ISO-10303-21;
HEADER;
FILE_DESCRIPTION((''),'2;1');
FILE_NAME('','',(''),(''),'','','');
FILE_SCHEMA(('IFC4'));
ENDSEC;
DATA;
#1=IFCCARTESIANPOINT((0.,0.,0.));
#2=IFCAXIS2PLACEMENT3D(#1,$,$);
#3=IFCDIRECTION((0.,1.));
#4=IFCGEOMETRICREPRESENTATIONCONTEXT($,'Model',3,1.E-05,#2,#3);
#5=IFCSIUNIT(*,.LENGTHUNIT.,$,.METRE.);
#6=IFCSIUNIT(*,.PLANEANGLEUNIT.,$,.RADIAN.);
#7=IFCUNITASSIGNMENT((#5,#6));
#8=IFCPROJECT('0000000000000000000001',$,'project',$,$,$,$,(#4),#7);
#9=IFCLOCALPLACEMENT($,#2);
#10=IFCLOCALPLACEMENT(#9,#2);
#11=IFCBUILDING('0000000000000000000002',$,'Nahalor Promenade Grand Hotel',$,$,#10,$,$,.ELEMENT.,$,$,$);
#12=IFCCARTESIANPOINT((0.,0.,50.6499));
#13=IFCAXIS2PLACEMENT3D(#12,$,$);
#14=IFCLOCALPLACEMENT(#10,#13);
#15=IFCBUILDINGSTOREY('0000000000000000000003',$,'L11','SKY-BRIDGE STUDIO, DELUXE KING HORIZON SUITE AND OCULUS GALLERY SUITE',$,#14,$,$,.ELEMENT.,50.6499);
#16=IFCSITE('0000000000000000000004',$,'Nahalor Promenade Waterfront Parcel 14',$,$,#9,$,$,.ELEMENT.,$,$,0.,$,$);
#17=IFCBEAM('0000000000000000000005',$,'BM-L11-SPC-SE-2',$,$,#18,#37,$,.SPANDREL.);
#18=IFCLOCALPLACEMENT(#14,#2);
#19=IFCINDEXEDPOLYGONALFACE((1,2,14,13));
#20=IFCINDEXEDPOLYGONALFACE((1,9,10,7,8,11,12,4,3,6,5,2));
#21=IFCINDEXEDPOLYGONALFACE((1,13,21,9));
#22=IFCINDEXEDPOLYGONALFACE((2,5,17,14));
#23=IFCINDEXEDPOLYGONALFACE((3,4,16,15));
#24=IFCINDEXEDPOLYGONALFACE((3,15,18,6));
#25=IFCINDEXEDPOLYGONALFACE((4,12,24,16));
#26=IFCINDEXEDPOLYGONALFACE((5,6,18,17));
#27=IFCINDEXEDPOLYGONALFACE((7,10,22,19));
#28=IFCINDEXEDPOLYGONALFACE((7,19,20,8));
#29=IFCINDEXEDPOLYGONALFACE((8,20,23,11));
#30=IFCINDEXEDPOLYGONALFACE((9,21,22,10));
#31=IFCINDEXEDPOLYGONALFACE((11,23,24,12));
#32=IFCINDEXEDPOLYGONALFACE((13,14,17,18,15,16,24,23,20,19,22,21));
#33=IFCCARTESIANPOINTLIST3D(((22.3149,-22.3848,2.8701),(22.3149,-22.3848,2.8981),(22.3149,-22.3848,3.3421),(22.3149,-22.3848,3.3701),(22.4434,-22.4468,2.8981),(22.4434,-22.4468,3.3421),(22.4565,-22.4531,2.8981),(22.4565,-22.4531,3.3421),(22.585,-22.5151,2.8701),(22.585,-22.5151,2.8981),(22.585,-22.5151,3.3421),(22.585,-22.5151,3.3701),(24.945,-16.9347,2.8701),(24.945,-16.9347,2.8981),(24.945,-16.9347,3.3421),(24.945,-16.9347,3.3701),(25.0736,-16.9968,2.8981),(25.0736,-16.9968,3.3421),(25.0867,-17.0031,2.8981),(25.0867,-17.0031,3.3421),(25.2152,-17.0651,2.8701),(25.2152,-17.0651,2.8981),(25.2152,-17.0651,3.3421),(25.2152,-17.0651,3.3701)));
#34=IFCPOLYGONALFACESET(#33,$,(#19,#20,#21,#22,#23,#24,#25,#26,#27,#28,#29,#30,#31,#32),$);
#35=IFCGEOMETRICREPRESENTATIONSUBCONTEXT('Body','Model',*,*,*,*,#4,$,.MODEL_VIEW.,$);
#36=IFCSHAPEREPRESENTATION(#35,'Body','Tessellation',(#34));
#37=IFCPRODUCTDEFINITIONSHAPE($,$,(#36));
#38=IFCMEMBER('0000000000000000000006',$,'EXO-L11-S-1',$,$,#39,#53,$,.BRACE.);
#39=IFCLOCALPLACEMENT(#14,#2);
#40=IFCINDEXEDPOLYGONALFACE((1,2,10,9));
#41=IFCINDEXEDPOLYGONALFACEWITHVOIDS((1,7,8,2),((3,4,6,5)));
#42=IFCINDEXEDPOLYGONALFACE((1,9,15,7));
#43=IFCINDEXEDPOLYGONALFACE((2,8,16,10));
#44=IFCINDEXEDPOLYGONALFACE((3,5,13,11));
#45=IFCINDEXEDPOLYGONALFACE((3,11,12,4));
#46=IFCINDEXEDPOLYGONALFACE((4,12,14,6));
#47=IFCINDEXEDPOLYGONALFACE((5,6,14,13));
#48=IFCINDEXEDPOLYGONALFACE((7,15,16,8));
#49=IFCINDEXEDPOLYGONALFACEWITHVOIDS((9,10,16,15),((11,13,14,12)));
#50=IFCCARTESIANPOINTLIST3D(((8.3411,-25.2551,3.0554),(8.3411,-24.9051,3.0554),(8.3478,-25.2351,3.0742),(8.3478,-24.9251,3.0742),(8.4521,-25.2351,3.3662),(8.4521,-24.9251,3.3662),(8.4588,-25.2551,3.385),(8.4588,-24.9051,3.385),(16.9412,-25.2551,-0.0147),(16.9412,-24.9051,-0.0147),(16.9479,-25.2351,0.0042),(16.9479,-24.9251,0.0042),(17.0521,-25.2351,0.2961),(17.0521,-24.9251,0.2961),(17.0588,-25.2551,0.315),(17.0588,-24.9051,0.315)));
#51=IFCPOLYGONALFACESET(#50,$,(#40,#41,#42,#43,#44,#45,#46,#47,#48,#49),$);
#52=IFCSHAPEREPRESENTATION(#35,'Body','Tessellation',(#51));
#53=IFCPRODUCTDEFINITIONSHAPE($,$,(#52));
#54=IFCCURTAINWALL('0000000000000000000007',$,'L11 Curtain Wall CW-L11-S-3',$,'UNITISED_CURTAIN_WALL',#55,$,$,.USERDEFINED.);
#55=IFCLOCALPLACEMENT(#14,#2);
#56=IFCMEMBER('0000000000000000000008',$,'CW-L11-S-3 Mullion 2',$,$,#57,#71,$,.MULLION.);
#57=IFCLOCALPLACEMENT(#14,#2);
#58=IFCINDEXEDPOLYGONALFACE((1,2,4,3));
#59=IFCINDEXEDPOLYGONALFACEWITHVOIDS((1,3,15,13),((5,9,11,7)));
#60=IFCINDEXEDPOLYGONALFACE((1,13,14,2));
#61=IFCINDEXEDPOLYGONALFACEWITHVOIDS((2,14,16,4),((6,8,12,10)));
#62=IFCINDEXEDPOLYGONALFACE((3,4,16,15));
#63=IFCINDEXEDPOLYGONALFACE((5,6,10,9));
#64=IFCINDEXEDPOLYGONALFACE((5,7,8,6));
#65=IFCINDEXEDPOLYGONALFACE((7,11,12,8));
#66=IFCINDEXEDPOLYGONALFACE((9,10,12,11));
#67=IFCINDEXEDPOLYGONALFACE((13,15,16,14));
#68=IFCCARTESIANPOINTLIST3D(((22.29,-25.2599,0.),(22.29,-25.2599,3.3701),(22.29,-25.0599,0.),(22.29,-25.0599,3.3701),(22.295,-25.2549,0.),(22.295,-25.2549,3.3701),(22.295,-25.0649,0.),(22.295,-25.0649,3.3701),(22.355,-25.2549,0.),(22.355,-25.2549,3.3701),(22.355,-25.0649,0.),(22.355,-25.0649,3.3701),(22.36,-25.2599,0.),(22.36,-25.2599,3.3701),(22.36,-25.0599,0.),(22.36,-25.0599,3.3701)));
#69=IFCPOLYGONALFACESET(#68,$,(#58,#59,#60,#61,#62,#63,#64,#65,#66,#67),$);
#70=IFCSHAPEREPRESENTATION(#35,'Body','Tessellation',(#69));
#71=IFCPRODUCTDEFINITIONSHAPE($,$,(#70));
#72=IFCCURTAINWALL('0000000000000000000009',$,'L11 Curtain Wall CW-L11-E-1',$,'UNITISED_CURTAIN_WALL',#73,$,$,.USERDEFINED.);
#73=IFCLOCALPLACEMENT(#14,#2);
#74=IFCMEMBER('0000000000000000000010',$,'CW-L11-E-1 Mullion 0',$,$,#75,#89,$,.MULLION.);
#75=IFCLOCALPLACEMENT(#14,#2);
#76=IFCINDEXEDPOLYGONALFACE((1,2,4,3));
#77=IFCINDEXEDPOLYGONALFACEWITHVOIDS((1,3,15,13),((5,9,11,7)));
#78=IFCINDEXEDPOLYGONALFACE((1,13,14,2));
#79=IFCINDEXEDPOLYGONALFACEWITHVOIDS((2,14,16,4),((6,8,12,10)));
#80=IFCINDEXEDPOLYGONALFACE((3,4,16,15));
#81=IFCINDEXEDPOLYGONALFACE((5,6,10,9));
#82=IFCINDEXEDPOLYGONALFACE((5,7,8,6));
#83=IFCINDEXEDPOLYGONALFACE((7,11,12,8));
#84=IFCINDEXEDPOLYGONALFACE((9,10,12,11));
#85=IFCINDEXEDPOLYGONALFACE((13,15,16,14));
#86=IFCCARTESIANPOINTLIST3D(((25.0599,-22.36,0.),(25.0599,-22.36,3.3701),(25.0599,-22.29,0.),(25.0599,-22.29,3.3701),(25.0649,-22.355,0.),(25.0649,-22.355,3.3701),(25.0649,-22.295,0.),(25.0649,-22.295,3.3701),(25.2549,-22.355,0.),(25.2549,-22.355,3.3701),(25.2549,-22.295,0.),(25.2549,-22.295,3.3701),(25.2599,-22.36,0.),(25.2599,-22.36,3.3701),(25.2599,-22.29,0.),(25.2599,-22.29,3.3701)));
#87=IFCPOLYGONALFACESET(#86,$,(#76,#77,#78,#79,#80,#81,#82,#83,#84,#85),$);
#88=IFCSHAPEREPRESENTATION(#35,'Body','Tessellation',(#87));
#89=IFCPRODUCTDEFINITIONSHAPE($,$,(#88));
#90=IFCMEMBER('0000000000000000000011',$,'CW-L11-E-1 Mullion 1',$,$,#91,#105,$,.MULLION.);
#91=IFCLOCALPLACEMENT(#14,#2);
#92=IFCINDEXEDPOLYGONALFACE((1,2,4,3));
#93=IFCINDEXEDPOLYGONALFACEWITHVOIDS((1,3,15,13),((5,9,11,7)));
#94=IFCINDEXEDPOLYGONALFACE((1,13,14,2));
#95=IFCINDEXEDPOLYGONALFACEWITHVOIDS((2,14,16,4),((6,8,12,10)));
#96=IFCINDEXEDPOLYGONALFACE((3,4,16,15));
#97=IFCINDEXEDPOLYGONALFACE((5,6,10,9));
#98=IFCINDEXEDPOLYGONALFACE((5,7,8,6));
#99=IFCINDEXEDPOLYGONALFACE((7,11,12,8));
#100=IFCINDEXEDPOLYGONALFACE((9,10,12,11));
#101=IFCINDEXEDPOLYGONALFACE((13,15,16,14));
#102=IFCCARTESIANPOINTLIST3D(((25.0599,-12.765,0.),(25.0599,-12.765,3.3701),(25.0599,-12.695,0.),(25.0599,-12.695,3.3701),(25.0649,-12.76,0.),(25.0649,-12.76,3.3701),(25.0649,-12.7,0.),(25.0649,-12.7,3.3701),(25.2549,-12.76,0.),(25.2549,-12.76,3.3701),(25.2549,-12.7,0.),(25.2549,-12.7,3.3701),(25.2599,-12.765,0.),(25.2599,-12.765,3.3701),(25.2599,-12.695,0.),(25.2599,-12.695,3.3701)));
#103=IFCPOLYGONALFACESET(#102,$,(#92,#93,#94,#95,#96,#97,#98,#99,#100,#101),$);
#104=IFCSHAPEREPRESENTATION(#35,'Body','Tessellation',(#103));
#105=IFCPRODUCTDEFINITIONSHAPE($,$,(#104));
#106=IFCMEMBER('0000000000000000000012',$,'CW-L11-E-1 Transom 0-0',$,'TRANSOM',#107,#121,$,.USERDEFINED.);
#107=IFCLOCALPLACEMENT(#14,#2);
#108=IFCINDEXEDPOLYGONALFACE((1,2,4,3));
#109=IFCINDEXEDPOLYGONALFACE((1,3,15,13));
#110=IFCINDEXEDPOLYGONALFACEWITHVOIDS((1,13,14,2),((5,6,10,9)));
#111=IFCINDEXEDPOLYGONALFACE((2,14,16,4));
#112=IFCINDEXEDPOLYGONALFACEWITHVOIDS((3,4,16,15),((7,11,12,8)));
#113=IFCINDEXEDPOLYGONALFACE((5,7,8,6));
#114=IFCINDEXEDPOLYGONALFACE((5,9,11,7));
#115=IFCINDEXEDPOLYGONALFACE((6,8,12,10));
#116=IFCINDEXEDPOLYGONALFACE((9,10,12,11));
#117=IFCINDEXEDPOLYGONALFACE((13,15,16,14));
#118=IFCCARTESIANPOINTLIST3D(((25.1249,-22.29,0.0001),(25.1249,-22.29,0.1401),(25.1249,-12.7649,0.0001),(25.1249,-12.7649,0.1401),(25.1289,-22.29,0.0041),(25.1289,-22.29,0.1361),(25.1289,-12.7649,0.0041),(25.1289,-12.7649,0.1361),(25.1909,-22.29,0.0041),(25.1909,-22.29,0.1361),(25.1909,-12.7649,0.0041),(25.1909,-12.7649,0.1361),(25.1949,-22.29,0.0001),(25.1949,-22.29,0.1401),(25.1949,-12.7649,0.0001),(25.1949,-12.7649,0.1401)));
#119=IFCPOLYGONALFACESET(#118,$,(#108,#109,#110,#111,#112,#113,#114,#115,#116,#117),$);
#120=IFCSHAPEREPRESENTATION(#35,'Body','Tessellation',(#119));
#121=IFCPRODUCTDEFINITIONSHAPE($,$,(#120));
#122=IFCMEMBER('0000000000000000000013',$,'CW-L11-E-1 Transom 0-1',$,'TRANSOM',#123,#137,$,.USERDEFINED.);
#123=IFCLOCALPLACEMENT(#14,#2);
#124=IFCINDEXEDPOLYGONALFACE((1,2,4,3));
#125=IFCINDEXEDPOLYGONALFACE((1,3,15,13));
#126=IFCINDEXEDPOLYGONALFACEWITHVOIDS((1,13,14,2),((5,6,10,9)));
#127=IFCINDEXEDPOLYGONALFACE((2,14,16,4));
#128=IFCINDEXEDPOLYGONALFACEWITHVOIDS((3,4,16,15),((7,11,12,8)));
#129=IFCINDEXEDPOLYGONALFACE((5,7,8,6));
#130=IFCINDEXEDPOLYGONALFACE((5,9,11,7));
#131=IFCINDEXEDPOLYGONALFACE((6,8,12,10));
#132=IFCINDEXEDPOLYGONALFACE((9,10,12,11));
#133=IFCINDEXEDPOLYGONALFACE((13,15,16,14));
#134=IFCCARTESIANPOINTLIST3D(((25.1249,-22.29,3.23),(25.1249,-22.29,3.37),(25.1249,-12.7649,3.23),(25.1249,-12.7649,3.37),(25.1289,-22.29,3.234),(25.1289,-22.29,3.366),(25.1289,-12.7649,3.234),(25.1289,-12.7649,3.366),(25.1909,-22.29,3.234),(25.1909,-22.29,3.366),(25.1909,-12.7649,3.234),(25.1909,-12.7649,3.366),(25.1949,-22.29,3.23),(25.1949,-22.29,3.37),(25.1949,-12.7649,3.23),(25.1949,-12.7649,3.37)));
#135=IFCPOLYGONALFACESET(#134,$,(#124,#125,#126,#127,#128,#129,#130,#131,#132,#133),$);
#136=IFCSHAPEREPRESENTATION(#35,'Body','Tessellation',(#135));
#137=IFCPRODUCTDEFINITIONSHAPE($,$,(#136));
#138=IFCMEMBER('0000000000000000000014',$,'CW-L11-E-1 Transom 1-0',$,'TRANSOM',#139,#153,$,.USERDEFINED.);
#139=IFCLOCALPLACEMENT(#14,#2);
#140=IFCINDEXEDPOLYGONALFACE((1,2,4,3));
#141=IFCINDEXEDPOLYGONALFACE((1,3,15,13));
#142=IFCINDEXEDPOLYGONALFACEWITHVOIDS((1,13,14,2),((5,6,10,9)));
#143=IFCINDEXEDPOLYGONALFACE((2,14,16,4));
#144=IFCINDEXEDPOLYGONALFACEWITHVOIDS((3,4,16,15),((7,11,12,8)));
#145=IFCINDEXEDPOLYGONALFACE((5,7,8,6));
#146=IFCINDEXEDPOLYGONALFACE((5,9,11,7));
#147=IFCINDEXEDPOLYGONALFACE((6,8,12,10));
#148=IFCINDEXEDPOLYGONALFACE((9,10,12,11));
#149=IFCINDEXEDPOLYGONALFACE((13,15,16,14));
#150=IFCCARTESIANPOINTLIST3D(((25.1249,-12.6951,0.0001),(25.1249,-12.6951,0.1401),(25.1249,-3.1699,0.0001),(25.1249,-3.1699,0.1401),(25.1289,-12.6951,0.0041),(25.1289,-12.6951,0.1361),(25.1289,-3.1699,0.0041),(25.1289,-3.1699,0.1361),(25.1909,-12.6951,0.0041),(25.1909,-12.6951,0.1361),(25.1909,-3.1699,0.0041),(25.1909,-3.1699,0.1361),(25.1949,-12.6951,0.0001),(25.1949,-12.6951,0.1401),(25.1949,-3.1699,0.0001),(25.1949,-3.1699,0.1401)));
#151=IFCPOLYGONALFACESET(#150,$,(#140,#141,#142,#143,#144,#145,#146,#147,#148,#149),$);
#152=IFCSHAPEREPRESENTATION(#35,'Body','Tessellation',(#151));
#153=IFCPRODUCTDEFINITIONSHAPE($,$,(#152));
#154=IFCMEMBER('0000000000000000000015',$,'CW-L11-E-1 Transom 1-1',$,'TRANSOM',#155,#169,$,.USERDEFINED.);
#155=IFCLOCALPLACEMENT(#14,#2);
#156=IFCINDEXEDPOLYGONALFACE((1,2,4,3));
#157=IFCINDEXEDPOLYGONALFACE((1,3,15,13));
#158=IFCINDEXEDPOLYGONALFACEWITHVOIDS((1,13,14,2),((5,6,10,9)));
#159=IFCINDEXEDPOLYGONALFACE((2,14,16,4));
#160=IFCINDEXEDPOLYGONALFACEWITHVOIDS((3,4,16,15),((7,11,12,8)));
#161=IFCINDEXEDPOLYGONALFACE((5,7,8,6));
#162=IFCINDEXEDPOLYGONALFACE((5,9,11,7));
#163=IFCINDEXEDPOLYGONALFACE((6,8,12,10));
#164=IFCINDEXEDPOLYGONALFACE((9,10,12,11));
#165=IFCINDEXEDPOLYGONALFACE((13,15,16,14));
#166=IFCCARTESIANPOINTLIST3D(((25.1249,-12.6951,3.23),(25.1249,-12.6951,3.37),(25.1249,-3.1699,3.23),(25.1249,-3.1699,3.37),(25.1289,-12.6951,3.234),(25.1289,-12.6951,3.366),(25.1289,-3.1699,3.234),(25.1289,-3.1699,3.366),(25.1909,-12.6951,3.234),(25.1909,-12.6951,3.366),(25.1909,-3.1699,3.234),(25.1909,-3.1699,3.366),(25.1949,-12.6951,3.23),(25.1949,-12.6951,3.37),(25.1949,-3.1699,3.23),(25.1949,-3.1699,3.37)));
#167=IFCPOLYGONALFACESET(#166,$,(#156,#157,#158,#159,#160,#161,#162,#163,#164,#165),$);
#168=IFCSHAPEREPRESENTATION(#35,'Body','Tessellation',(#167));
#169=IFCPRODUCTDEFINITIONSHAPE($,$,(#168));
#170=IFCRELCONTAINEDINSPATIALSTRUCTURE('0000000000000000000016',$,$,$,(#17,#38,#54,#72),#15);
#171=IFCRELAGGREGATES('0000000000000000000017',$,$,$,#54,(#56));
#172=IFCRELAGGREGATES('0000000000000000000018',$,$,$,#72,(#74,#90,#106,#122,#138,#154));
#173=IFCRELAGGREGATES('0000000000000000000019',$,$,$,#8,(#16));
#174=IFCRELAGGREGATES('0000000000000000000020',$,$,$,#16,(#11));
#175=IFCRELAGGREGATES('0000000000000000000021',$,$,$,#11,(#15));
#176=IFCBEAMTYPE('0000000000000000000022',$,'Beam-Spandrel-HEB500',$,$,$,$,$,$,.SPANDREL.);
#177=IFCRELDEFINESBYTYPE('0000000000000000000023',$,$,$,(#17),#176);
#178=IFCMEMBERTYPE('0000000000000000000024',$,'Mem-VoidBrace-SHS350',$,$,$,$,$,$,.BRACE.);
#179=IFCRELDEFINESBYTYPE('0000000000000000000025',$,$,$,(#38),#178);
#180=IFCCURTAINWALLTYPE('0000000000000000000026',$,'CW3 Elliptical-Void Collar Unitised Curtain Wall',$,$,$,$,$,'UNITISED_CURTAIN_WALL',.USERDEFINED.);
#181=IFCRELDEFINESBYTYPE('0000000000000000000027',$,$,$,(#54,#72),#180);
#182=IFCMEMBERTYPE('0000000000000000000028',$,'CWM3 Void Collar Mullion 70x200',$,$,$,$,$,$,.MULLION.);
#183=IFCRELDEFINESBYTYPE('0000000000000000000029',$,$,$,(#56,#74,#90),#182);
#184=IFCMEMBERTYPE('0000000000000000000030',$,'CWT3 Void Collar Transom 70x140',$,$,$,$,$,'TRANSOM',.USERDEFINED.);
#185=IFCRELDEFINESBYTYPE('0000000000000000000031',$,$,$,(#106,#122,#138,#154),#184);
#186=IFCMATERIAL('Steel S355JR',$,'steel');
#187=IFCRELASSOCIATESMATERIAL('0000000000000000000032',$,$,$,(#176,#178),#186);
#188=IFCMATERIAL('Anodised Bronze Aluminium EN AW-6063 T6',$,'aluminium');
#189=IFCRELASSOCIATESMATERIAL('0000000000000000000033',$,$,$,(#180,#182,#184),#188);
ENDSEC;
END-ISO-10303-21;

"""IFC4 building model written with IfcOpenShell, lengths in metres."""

from ifc_helpers import new_model, si_unit, direction, frame, origin, origin_2d, place, context, subcontext, project, spatial, hollow_rectangle, i_section, extrude, source, transform, mapped, material, material_profile, profile_set, type_object, element, aggregate, save


model = new_model("IFC4")

# Units and contexts
model_context = context("Model", 3, precision=1e-05, world=origin(), true_north=direction((0.0, 1.0)))
body_context = subcontext(model_context, "Body", "Model", "MODEL_VIEW")
ifc_project = project(units=[si_unit("LENGTHUNIT", "METRE"), si_unit("PLANEANGLEUNIT", "RADIAN")], contexts=[model_context])

# Site, building, storey
site_placement = place(None, origin())
site = spatial("IfcSite", under=ifc_project, at=site_placement, Name="Nahalor Promenade Waterfront Parcel 14", CompositionType="ELEMENT", RefElevation=0.0)
building_placement = place(site_placement, origin())
building = spatial("IfcBuilding", under=site, at=building_placement, Name="Nahalor Promenade Grand Hotel", CompositionType="ELEMENT")
storey_placement = place(building_placement, frame((0.0, 0.0, 50.6499)))
storey = spatial("IfcBuildingStorey", under=building, at=storey_placement, Name="L11", Description="SKY-BRIDGE STUDIO, DELUXE KING HORIZON SUITE AND OCULUS GALLERY SUITE", CompositionType="ELEMENT", Elevation=50.6499)

# Beam
ifc_material_1 = material(Name="Steel S355JR", Category="steel")
ifc_material_profile_1 = material_profile(ifc_material_1, i_section(OverallWidth=0.3, OverallDepth=0.5, WebThickness=0.0145, FlangeThickness=0.028, at=origin_2d()), Name="HEB 500")
ifc_profile_set_1 = profile_set([ifc_material_profile_1], Name="Steel S355JR")
beam_type_1 = type_object("IfcBeamType", Name="Beam-Spandrel-HEB500", PredefinedType="SPANDREL", material=ifc_profile_set_1)
shared_shape_1 = source(origin(), body_context, "Body", "SweptSolid", [
    extrude(i_section(OverallWidth=0.3, OverallDepth=0.5, WebThickness=0.0145, FlangeThickness=0.028, at=origin_2d()), origin(), (0.0, 0.0, 1.0), 6.0515),
])
for number, where, z_axis, x_axis, name in (
    (1, (22.45, -22.45, 3.1201), (0.434631, 0.900609, 0.0), (-0.900609, 0.434631, 0.0), "BM-L11-SPC-SE-2"),
):
    element("IfcBeam", number, at=place(storey_placement, frame(where, z_axis=z_axis, x_axis=x_axis)), inside=storey, type_object=beam_type_1, Name=name, PredefinedType="SPANDREL", context=body_context, shape_type="MappedRepresentation", body=[
        mapped(shared_shape_1, transform((0.0, 0.0, 0.0), scale=1.0)),
    ])

# Member
ifc_material_profile_2 = material_profile(ifc_material_1, hollow_rectangle(XDim=0.35, YDim=0.35, WallThickness=0.02, at=origin_2d()), Name="SHS 350x350x20")
ifc_profile_set_2 = profile_set([ifc_material_profile_2], Name="Steel S355JR")
member_type_1 = type_object("IfcMemberType", Name="Mem-VoidBrace-SHS350", PredefinedType="BRACE", material=ifc_profile_set_2)
shared_shape_2 = source(origin(), body_context, "Body", "SweptSolid", [
    extrude(hollow_rectangle(XDim=0.35, YDim=0.35, WallThickness=0.02, at=origin_2d()), origin(), (0.0, 0.0, 1.0), 9.1316),
])
member_1_placement = place(storey_placement, frame((17.0, -25.0801, 0.1501), z_axis=(-0.94179, 0.0, 0.336201), x_axis=(0.0, -1.0, 0.0)))
element("IfcMember", 2, at=member_1_placement, inside=storey, type_object=member_type_1, Name="EXO-L11-S-1", PredefinedType="BRACE", context=body_context, shape_type="MappedRepresentation", body=[
    mapped(shared_shape_2, transform((0.0, 0.0, 0.0), scale=1.0)),
])

# Curtain wall, member
ifc_material_2 = material(Name="Anodised Bronze Aluminium EN AW-6063 T6", Category="aluminium")
curtain_wall_type = type_object("IfcCurtainWallType", Name="CW3 Elliptical-Void Collar Unitised Curtain Wall", ElementType="UNITISED_CURTAIN_WALL", PredefinedType="USERDEFINED", material=ifc_material_2)
curtain_wall_1_placement = place(storey_placement, origin())
curtain_wall_1 = element("IfcCurtainWall", 3, at=curtain_wall_1_placement, inside=storey, type_object=curtain_wall_type, Name="L11 Curtain Wall CW-L11-S-3", ObjectType="UNITISED_CURTAIN_WALL", PredefinedType="USERDEFINED")
ifc_material_profile_3 = material_profile(ifc_material_2, hollow_rectangle(XDim=0.07, YDim=0.2, WallThickness=0.005, at=origin_2d()), Name="CWM 70x200x5")
ifc_profile_set_3 = profile_set([ifc_material_profile_3], Name="Anodised Bronze Aluminium EN AW-6063 T6")
member_type_2 = type_object("IfcMemberType", Name="CWM3 Void Collar Mullion 70x200", PredefinedType="MULLION", material=ifc_profile_set_3)
shared_shape_3 = source(origin(), body_context, "Body", "SweptSolid", [
    extrude(hollow_rectangle(XDim=0.07, YDim=0.2, WallThickness=0.005, at=origin_2d()), origin(), (0.0, 0.0, 1.0), 3.3701),
])
member_2_placement = place(storey_placement, frame((22.325, -25.1599, 0.0), z_axis=(0.0, 0.0, 1.0), x_axis=(1.0, 0.0, 0.0)))
member_2 = element("IfcMember", 4, at=member_2_placement, type_object=member_type_2, Name="CW-L11-S-3 Mullion 2", PredefinedType="MULLION", context=body_context, shape_type="MappedRepresentation", body=[
    mapped(shared_shape_3, transform((0.0, 0.0, 0.0), scale=1.0)),
])

# Curtain wall, members
curtain_wall_2_placement = place(storey_placement, origin())
curtain_wall_2 = element("IfcCurtainWall", 5, at=curtain_wall_2_placement, inside=storey, type_object=curtain_wall_type, Name="L11 Curtain Wall CW-L11-E-1", ObjectType="UNITISED_CURTAIN_WALL", PredefinedType="USERDEFINED")
member_3_placement = place(storey_placement, frame((25.1599, -22.325, 0.0), z_axis=(0.0, 0.0, 1.0), x_axis=(0.0, 1.0, 0.0)))
member_3 = element("IfcMember", 6, at=member_3_placement, type_object=member_type_2, Name="CW-L11-E-1 Mullion 0", PredefinedType="MULLION", context=body_context, shape_type="MappedRepresentation", body=[
    mapped(shared_shape_3, transform((0.0, 0.0, 0.0), scale=1.0)),
])
member_4_placement = place(storey_placement, frame((25.1599, -12.73, 0.0), z_axis=(0.0, 0.0, 1.0), x_axis=(0.0, 1.0, 0.0)))
member_4 = element("IfcMember", 7, at=member_4_placement, type_object=member_type_2, Name="CW-L11-E-1 Mullion 1", PredefinedType="MULLION", context=body_context, shape_type="MappedRepresentation", body=[
    mapped(shared_shape_3, transform((0.0, 0.0, 0.0), scale=1.0)),
])
ifc_material_profile_4 = material_profile(ifc_material_2, hollow_rectangle(XDim=0.07, YDim=0.14, WallThickness=0.004, at=origin_2d()), Name="CWT 70x140x4")
ifc_profile_set_4 = profile_set([ifc_material_profile_4], Name="Anodised Bronze Aluminium EN AW-6063 T6")
member_type_3 = type_object("IfcMemberType", Name="CWT3 Void Collar Transom 70x140", ElementType="TRANSOM", PredefinedType="USERDEFINED", material=ifc_profile_set_4)
shared_shape_4 = source(origin(), body_context, "Body", "SweptSolid", [
    extrude(hollow_rectangle(XDim=0.07, YDim=0.14, WallThickness=0.004, at=origin_2d()), origin(), (0.0, 0.0, 1.0), 9.5251),
])
member_5_placement = place(storey_placement, frame((25.1599, -22.29, 0.0701), z_axis=(0.0, 1.0, 0.0), x_axis=(-1.0, 0.0, 0.0)))
member_5 = element("IfcMember", 8, at=member_5_placement, type_object=member_type_3, Name="CW-L11-E-1 Transom 0-0", ObjectType="TRANSOM", PredefinedType="USERDEFINED", context=body_context, shape_type="MappedRepresentation", body=[
    mapped(shared_shape_4, transform((0.0, 0.0, 0.0), scale=1.0)),
])
member_6_placement = place(storey_placement, frame((25.1599, -22.29, 3.3), z_axis=(0.0, 1.0, 0.0), x_axis=(-1.0, 0.0, 0.0)))
member_6 = element("IfcMember", 9, at=member_6_placement, type_object=member_type_3, Name="CW-L11-E-1 Transom 0-1", ObjectType="TRANSOM", PredefinedType="USERDEFINED", context=body_context, shape_type="MappedRepresentation", body=[
    mapped(shared_shape_4, transform((0.0, 0.0, 0.0), scale=1.0)),
])
member_7_placement = place(storey_placement, frame((25.1599, -12.6951, 0.0701), z_axis=(0.0, 1.0, 0.0), x_axis=(-1.0, 0.0, 0.0)))
member_7 = element("IfcMember", 10, at=member_7_placement, type_object=member_type_3, Name="CW-L11-E-1 Transom 1-0", ObjectType="TRANSOM", PredefinedType="USERDEFINED", context=body_context, shape_type="MappedRepresentation", body=[
    mapped(shared_shape_4, transform((0.0, 0.0, 0.0), scale=1.0)),
])
member_8_placement = place(storey_placement, frame((25.1599, -12.6951, 3.3), z_axis=(0.0, 1.0, 0.0), x_axis=(-1.0, 0.0, 0.0)))
member_8 = element("IfcMember", 11, at=member_8_placement, type_object=member_type_3, Name="CW-L11-E-1 Transom 1-1", ObjectType="TRANSOM", PredefinedType="USERDEFINED", context=body_context, shape_type="MappedRepresentation", body=[
    mapped(shared_shape_4, transform((0.0, 0.0, 0.0), scale=1.0)),
])

aggregate(curtain_wall_1, [member_2])
aggregate(curtain_wall_2, [member_3, member_4, member_5, member_6, member_7, member_8])

save(model, "model.ifc")
